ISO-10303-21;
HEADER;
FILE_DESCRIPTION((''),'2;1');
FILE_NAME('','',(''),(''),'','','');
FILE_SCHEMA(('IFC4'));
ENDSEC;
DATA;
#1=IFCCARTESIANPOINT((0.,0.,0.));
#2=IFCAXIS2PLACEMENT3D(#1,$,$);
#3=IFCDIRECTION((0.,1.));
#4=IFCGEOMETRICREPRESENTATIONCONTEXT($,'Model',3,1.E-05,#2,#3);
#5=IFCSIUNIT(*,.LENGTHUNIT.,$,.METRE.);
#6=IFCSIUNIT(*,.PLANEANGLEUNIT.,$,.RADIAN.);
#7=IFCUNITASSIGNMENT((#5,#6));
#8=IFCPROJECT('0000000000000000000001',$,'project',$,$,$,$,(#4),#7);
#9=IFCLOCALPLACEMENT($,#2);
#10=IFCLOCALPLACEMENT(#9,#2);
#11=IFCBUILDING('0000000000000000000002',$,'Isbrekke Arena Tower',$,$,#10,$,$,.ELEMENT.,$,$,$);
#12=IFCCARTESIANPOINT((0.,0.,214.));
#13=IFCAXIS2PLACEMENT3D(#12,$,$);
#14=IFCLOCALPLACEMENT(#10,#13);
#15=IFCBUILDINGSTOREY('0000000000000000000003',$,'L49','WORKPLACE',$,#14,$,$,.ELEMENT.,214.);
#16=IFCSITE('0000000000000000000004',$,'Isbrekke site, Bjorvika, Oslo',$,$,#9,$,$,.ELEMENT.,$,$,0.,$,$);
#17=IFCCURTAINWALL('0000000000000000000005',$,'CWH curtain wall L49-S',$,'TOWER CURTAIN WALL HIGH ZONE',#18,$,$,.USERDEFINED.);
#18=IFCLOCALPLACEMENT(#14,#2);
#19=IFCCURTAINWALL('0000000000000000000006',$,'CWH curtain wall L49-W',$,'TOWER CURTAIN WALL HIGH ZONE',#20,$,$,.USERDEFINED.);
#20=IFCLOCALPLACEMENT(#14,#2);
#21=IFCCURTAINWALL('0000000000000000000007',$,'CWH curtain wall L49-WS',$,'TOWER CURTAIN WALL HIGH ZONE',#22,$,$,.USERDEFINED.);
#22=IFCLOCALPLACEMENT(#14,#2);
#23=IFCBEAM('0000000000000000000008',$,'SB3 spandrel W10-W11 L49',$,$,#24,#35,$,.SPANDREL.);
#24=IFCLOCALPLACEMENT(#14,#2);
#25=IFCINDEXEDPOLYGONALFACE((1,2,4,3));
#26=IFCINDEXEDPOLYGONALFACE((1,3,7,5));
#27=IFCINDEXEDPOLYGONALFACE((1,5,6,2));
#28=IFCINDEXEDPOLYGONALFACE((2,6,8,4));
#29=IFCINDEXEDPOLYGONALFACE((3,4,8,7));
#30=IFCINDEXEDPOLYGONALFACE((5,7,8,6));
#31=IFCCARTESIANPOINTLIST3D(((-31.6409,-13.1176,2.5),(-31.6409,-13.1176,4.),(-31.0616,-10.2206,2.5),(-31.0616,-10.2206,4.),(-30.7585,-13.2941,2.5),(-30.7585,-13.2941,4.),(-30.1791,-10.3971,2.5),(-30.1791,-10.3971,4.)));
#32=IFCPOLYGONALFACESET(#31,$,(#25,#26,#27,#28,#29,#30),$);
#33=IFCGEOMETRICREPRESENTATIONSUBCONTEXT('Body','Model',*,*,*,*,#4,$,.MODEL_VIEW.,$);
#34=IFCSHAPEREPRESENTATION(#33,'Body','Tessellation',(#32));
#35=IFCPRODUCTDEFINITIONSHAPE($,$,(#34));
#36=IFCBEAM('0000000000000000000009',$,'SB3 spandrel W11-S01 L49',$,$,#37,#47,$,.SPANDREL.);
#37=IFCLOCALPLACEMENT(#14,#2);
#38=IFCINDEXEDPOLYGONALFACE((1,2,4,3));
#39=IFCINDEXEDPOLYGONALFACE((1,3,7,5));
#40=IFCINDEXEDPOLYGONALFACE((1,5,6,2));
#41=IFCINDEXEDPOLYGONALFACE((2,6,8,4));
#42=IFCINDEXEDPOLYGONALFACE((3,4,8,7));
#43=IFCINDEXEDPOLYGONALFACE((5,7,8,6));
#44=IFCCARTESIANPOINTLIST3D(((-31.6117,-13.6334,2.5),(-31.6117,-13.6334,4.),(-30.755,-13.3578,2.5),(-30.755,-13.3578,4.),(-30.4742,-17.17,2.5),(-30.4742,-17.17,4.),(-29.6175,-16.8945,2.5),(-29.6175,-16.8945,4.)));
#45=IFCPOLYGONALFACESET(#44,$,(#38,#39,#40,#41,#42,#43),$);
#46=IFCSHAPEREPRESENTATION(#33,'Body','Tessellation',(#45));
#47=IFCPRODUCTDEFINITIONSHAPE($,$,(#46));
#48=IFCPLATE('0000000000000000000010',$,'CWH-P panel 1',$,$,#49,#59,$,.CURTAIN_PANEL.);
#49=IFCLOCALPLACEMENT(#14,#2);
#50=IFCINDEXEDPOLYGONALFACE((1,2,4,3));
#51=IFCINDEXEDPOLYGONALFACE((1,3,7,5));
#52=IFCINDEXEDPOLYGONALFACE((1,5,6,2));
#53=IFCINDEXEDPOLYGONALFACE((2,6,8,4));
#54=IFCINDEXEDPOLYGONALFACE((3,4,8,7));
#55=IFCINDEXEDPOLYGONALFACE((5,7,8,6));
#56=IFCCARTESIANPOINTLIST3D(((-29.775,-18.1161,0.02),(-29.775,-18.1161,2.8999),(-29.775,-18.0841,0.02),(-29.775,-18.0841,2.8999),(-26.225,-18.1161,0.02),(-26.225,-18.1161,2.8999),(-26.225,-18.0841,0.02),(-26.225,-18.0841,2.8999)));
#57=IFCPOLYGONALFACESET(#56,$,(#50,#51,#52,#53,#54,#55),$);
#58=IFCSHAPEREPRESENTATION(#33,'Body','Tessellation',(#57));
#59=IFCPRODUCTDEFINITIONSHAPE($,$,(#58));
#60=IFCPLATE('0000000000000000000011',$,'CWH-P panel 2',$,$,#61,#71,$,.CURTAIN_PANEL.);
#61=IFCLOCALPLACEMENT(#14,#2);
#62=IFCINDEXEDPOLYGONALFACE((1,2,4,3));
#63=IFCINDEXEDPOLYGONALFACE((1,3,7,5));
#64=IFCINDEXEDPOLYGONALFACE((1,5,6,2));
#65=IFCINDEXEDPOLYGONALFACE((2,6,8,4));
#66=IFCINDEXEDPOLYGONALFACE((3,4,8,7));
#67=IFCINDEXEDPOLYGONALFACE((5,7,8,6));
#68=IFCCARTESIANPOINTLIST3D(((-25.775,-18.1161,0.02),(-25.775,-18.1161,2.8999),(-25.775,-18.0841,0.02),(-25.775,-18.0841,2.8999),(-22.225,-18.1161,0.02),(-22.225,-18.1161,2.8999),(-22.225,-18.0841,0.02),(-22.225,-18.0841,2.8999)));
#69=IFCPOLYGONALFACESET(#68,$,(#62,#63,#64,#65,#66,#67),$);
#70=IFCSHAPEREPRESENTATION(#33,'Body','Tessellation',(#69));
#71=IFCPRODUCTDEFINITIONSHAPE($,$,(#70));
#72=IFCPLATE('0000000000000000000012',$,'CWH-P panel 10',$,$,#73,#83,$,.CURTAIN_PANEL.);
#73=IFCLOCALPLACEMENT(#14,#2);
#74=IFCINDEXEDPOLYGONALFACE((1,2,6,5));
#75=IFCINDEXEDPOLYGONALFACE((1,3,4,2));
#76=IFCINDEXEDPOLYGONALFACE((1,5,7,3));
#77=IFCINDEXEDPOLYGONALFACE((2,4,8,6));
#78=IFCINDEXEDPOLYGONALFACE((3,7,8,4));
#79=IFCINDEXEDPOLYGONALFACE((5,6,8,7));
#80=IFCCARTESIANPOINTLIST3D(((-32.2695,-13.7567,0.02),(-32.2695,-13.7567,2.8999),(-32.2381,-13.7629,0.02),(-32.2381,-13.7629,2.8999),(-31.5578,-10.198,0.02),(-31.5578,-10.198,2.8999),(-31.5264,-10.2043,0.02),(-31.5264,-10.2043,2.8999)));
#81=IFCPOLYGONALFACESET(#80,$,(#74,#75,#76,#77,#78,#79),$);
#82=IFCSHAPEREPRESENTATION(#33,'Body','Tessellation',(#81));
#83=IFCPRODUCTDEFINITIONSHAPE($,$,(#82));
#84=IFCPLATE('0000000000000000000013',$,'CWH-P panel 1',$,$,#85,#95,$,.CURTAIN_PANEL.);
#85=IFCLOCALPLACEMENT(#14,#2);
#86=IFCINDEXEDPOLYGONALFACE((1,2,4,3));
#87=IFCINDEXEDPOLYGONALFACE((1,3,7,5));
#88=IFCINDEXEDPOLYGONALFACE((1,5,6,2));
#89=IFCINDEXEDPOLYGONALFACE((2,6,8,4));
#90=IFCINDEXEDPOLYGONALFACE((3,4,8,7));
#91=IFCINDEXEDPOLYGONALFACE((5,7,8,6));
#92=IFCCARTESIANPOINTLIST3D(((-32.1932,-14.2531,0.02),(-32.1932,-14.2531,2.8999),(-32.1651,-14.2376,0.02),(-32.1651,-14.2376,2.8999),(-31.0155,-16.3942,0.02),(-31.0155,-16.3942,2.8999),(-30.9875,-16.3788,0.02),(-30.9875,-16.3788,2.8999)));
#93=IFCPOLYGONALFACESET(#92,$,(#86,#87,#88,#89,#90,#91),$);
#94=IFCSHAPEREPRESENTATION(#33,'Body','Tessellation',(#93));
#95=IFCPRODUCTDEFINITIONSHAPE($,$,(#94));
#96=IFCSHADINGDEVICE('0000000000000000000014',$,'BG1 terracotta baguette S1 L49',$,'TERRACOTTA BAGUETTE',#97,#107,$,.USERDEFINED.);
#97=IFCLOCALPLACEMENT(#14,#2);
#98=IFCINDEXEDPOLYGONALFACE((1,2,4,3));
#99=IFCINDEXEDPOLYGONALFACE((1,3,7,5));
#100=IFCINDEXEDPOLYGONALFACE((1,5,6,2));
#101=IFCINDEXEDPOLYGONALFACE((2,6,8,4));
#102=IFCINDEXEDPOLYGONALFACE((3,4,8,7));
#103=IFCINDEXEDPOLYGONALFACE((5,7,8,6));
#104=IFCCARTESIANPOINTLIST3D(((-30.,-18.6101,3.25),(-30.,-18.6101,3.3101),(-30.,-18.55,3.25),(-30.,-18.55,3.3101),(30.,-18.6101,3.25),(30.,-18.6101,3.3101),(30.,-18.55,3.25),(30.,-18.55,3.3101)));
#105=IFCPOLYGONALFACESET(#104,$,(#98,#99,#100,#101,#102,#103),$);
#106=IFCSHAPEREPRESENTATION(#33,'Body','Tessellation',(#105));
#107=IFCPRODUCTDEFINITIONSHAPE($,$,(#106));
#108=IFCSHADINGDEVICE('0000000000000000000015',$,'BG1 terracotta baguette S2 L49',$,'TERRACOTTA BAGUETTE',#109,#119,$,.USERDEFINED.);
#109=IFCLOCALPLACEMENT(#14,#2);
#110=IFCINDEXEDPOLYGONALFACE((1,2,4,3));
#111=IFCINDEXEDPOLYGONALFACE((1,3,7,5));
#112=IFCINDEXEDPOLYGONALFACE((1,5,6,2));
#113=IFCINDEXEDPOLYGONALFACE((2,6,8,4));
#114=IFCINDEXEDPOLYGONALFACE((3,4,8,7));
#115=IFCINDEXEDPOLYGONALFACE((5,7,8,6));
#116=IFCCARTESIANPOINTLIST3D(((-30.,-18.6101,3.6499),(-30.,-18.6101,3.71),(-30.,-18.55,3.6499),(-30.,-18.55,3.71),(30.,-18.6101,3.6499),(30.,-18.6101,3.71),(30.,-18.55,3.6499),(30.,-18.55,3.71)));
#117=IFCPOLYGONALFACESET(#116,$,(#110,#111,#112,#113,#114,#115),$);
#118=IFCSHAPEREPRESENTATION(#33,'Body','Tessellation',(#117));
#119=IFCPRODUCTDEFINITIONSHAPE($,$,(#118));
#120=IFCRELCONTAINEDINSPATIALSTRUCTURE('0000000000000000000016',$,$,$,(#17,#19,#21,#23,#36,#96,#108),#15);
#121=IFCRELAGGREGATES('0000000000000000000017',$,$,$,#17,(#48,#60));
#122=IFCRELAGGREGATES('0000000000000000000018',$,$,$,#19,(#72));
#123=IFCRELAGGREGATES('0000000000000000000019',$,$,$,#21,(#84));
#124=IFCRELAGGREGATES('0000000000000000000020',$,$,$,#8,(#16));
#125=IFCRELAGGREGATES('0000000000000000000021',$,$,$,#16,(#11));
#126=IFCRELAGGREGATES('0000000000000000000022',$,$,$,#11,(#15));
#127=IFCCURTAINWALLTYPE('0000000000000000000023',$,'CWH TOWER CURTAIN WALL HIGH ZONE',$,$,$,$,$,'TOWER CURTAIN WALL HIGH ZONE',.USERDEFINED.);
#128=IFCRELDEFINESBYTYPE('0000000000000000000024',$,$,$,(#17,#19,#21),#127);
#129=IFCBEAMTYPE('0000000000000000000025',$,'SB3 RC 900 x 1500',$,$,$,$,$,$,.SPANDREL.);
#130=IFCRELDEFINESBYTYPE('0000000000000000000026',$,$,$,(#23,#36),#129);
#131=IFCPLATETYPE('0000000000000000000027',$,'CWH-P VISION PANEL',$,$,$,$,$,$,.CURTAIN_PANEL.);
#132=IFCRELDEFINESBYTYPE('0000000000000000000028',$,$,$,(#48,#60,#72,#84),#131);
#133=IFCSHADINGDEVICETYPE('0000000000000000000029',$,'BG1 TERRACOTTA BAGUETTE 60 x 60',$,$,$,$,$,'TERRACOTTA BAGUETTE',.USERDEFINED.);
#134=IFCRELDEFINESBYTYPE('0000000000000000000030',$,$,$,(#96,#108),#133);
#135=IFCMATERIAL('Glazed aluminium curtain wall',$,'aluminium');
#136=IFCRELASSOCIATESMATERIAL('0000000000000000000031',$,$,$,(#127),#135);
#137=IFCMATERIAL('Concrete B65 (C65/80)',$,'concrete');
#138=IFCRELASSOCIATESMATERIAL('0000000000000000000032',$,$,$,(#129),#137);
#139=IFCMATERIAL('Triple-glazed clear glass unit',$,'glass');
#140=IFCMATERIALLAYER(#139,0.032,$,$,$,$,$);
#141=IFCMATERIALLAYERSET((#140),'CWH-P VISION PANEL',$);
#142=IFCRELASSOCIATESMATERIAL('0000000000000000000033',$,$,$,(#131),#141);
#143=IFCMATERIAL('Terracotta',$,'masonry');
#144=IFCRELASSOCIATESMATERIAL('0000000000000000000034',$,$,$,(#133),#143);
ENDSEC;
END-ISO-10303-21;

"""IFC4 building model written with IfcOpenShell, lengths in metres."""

from ifc_helpers import new_model, si_unit, direction, frame, origin, origin_2d, place, context, subcontext, project, spatial, rectangle, extrude, material, layer, layer_set, material_profile, profile_set, type_object, element, aggregate, save


model = new_model("IFC4")

# Units and contexts
model_context = context("Model", 3, precision=1e-05, world=origin(), true_north=direction((0.0, 1.0)))
body_context = subcontext(model_context, "Body", "Model", "MODEL_VIEW")
ifc_project = project(units=[si_unit("LENGTHUNIT", "METRE"), si_unit("PLANEANGLEUNIT", "RADIAN")], contexts=[model_context])

# Site, building, storey
site_placement = place(None, origin())
site = spatial("IfcSite", under=ifc_project, at=site_placement, Name="Isbrekke site, Bjorvika, Oslo", CompositionType="ELEMENT", RefElevation=0.0)
building_placement = place(site_placement, origin())
building = spatial("IfcBuilding", under=site, at=building_placement, Name="Isbrekke Arena Tower", CompositionType="ELEMENT")
storey_placement = place(building_placement, frame((0.0, 0.0, 214.0)))
storey = spatial("IfcBuildingStorey", under=building, at=storey_placement, Name="L49", Description="WORKPLACE", CompositionType="ELEMENT", Elevation=214.0)

# Curtain wall
ifc_material_1 = material(Name="Glazed aluminium curtain wall", Category="aluminium")
curtain_wall_type = type_object("IfcCurtainWallType", Name="CWH TOWER CURTAIN WALL HIGH ZONE", ElementType="TOWER CURTAIN WALL HIGH ZONE", PredefinedType="USERDEFINED", material=ifc_material_1)
curtain_wall_1_placement = place(storey_placement, origin())
curtain_wall_1 = element("IfcCurtainWall", 1, at=curtain_wall_1_placement, inside=storey, type_object=curtain_wall_type, Name="CWH curtain wall L49-S", ObjectType="TOWER CURTAIN WALL HIGH ZONE", PredefinedType="USERDEFINED")

# Curtain walls
curtain_wall_2_placement = place(storey_placement, origin())
curtain_wall_2 = element("IfcCurtainWall", 2, at=curtain_wall_2_placement, inside=storey, type_object=curtain_wall_type, Name="CWH curtain wall L49-W", ObjectType="TOWER CURTAIN WALL HIGH ZONE", PredefinedType="USERDEFINED")
curtain_wall_3_placement = place(storey_placement, origin())
curtain_wall_3 = element("IfcCurtainWall", 3, at=curtain_wall_3_placement, inside=storey, type_object=curtain_wall_type, Name="CWH curtain wall L49-WS", ObjectType="TOWER CURTAIN WALL HIGH ZONE", PredefinedType="USERDEFINED")

# Beams
ifc_material_2 = material(Name="Concrete B65 (C65/80)", Category="concrete")
ifc_material_profile_1 = material_profile(ifc_material_2, rectangle(XDim=0.8999, YDim=1.5, at=origin_2d()), Name="RC 900x1500")
ifc_profile_set_1 = profile_set([ifc_material_profile_1], Name="Concrete B65 (C65/80)")
beam_type_1 = type_object("IfcBeamType", Name="SB3 RC 900 x 1500", PredefinedType="SPANDREL", material=ifc_profile_set_1)
beam_1_placement = place(storey_placement, frame((-30.6204, -10.3088, 3.25), z_axis=(-0.1961, -0.980584, 0.0), x_axis=(0.980584, -0.1961, 0.0)))
element("IfcBeam", 4, at=beam_1_placement, inside=storey, type_object=beam_type_1, Name="SB3 spandrel W10-W11 L49", PredefinedType="SPANDREL", context=body_context, shape_type="SweptSolid", body=[
    extrude(rectangle(XDim=0.8999, YDim=1.5, at=origin_2d()), origin(), (0.0, 0.0, 1.0), 2.9543),
])
beam_2_placement = place(storey_placement, frame((-31.1833, -13.4956, 3.25), z_axis=(0.306175, -0.951975, 0.0), x_axis=(0.951975, 0.306175, 0.0)))
element("IfcBeam", 5, at=beam_2_placement, inside=storey, type_object=beam_type_1, Name="SB3 spandrel W11-S01 L49", PredefinedType="SPANDREL", context=body_context, shape_type="SweptSolid", body=[
    extrude(rectangle(XDim=0.8999, YDim=1.5, at=origin_2d()), origin(), (0.0, 0.0, 1.0), 3.7151),
])

# Plates
ifc_material_3 = material(Name="Triple-glazed clear glass unit", Category="glass")
ifc_layer = layer(ifc_material_3, 0.032)
ifc_layer_set = layer_set([ifc_layer], Name="CWH-P VISION PANEL")
plate_type = type_object("IfcPlateType", Name="CWH-P VISION PANEL", PredefinedType="CURTAIN_PANEL", material=ifc_layer_set)
plate_1_placement = place(storey_placement, frame((-28.0, -18.1001, 0.02), z_axis=(0.0, 0.0, 1.0), x_axis=(1.0, 0.0, 0.0)))
plate_1 = element("IfcPlate", 6, at=plate_1_placement, type_object=plate_type, Name="CWH-P panel 1", PredefinedType="CURTAIN_PANEL", context=body_context, shape_type="SweptSolid", body=[
    extrude(rectangle(XDim=3.55, YDim=0.032, at=origin_2d()), origin(), (0.0, 0.0, 1.0), 2.8799),
])
plate_2_placement = place(storey_placement, frame((-24.0, -18.1001, 0.02), z_axis=(0.0, 0.0, 1.0), x_axis=(1.0, 0.0, 0.0)))
plate_2 = element("IfcPlate", 7, at=plate_2_placement, type_object=plate_type, Name="CWH-P panel 2", PredefinedType="CURTAIN_PANEL", context=body_context, shape_type="SweptSolid", body=[
    extrude(rectangle(XDim=3.55, YDim=0.032, at=origin_2d()), origin(), (0.0, 0.0, 1.0), 2.8799),
])
aggregate(curtain_wall_1, [plate_1, plate_2])
plate_3_placement = place(storey_placement, frame((-31.8979, -11.9805, 0.02), z_axis=(0.0, 0.0, 1.0), x_axis=(-0.196116, -0.980581, 0.0)))
plate_3 = element("IfcPlate", 8, at=plate_3_placement, type_object=plate_type, Name="CWH-P panel 10", PredefinedType="CURTAIN_PANEL", context=body_context, shape_type="SweptSolid", body=[
    extrude(rectangle(XDim=3.6292, YDim=0.032, at=origin_2d()), origin(), (0.0, 0.0, 1.0), 2.8799),
])
aggregate(curtain_wall_2, [plate_3])
plate_4_placement = place(storey_placement, frame((-31.5903, -15.3159, 0.02), z_axis=(0.0, 0.0, 1.0), x_axis=(0.481919, -0.876216, 0.0)))
plate_4 = element("IfcPlate", 9, at=plate_4_placement, type_object=plate_type, Name="CWH-P panel 1", PredefinedType="CURTAIN_PANEL", context=body_context, shape_type="SweptSolid", body=[
    extrude(rectangle(XDim=2.4436, YDim=0.032, at=origin_2d()), origin(), (0.0, 0.0, 1.0), 2.8799),
])
aggregate(curtain_wall_3, [plate_4])

# Shading devices
ifc_material_4 = material(Name="Terracotta", Category="masonry")
ifc_material_profile_2 = material_profile(ifc_material_4, rectangle(XDim=0.0601, YDim=0.0601, at=origin_2d()), Name="BAGUETTE 60X60")
ifc_profile_set_2 = profile_set([ifc_material_profile_2], Name="Terracotta")
shading_device_type = type_object("IfcShadingDeviceType", Name="BG1 TERRACOTTA BAGUETTE 60 x 60", ElementType="TERRACOTTA BAGUETTE", PredefinedType="USERDEFINED", material=ifc_profile_set_2)
for number, where, z_axis, x_axis, name in (
    (10, (-30.0, -18.5801, 3.28), (1.0, 0.0, 0.0), (0.0, 1.0, 0.0), "BG1 terracotta baguette S1 L49"),
    (11, (-30.0, -18.5801, 3.6799), (1.0, 0.0, 0.0), (0.0, 1.0, 0.0), "BG1 terracotta baguette S2 L49"),
):
    element("IfcShadingDevice", number, at=place(storey_placement, frame(where, z_axis=z_axis, x_axis=x_axis)), inside=storey, type_object=shading_device_type, Name=name, ObjectType="TERRACOTTA BAGUETTE", PredefinedType="USERDEFINED", context=body_context, shape_type="SweptSolid", body=[
        extrude(rectangle(XDim=0.0601, YDim=0.0601, at=origin_2d()), origin(), (0.0, 0.0, 1.0), 60.0),
    ])

save(model, "model.ifc")
